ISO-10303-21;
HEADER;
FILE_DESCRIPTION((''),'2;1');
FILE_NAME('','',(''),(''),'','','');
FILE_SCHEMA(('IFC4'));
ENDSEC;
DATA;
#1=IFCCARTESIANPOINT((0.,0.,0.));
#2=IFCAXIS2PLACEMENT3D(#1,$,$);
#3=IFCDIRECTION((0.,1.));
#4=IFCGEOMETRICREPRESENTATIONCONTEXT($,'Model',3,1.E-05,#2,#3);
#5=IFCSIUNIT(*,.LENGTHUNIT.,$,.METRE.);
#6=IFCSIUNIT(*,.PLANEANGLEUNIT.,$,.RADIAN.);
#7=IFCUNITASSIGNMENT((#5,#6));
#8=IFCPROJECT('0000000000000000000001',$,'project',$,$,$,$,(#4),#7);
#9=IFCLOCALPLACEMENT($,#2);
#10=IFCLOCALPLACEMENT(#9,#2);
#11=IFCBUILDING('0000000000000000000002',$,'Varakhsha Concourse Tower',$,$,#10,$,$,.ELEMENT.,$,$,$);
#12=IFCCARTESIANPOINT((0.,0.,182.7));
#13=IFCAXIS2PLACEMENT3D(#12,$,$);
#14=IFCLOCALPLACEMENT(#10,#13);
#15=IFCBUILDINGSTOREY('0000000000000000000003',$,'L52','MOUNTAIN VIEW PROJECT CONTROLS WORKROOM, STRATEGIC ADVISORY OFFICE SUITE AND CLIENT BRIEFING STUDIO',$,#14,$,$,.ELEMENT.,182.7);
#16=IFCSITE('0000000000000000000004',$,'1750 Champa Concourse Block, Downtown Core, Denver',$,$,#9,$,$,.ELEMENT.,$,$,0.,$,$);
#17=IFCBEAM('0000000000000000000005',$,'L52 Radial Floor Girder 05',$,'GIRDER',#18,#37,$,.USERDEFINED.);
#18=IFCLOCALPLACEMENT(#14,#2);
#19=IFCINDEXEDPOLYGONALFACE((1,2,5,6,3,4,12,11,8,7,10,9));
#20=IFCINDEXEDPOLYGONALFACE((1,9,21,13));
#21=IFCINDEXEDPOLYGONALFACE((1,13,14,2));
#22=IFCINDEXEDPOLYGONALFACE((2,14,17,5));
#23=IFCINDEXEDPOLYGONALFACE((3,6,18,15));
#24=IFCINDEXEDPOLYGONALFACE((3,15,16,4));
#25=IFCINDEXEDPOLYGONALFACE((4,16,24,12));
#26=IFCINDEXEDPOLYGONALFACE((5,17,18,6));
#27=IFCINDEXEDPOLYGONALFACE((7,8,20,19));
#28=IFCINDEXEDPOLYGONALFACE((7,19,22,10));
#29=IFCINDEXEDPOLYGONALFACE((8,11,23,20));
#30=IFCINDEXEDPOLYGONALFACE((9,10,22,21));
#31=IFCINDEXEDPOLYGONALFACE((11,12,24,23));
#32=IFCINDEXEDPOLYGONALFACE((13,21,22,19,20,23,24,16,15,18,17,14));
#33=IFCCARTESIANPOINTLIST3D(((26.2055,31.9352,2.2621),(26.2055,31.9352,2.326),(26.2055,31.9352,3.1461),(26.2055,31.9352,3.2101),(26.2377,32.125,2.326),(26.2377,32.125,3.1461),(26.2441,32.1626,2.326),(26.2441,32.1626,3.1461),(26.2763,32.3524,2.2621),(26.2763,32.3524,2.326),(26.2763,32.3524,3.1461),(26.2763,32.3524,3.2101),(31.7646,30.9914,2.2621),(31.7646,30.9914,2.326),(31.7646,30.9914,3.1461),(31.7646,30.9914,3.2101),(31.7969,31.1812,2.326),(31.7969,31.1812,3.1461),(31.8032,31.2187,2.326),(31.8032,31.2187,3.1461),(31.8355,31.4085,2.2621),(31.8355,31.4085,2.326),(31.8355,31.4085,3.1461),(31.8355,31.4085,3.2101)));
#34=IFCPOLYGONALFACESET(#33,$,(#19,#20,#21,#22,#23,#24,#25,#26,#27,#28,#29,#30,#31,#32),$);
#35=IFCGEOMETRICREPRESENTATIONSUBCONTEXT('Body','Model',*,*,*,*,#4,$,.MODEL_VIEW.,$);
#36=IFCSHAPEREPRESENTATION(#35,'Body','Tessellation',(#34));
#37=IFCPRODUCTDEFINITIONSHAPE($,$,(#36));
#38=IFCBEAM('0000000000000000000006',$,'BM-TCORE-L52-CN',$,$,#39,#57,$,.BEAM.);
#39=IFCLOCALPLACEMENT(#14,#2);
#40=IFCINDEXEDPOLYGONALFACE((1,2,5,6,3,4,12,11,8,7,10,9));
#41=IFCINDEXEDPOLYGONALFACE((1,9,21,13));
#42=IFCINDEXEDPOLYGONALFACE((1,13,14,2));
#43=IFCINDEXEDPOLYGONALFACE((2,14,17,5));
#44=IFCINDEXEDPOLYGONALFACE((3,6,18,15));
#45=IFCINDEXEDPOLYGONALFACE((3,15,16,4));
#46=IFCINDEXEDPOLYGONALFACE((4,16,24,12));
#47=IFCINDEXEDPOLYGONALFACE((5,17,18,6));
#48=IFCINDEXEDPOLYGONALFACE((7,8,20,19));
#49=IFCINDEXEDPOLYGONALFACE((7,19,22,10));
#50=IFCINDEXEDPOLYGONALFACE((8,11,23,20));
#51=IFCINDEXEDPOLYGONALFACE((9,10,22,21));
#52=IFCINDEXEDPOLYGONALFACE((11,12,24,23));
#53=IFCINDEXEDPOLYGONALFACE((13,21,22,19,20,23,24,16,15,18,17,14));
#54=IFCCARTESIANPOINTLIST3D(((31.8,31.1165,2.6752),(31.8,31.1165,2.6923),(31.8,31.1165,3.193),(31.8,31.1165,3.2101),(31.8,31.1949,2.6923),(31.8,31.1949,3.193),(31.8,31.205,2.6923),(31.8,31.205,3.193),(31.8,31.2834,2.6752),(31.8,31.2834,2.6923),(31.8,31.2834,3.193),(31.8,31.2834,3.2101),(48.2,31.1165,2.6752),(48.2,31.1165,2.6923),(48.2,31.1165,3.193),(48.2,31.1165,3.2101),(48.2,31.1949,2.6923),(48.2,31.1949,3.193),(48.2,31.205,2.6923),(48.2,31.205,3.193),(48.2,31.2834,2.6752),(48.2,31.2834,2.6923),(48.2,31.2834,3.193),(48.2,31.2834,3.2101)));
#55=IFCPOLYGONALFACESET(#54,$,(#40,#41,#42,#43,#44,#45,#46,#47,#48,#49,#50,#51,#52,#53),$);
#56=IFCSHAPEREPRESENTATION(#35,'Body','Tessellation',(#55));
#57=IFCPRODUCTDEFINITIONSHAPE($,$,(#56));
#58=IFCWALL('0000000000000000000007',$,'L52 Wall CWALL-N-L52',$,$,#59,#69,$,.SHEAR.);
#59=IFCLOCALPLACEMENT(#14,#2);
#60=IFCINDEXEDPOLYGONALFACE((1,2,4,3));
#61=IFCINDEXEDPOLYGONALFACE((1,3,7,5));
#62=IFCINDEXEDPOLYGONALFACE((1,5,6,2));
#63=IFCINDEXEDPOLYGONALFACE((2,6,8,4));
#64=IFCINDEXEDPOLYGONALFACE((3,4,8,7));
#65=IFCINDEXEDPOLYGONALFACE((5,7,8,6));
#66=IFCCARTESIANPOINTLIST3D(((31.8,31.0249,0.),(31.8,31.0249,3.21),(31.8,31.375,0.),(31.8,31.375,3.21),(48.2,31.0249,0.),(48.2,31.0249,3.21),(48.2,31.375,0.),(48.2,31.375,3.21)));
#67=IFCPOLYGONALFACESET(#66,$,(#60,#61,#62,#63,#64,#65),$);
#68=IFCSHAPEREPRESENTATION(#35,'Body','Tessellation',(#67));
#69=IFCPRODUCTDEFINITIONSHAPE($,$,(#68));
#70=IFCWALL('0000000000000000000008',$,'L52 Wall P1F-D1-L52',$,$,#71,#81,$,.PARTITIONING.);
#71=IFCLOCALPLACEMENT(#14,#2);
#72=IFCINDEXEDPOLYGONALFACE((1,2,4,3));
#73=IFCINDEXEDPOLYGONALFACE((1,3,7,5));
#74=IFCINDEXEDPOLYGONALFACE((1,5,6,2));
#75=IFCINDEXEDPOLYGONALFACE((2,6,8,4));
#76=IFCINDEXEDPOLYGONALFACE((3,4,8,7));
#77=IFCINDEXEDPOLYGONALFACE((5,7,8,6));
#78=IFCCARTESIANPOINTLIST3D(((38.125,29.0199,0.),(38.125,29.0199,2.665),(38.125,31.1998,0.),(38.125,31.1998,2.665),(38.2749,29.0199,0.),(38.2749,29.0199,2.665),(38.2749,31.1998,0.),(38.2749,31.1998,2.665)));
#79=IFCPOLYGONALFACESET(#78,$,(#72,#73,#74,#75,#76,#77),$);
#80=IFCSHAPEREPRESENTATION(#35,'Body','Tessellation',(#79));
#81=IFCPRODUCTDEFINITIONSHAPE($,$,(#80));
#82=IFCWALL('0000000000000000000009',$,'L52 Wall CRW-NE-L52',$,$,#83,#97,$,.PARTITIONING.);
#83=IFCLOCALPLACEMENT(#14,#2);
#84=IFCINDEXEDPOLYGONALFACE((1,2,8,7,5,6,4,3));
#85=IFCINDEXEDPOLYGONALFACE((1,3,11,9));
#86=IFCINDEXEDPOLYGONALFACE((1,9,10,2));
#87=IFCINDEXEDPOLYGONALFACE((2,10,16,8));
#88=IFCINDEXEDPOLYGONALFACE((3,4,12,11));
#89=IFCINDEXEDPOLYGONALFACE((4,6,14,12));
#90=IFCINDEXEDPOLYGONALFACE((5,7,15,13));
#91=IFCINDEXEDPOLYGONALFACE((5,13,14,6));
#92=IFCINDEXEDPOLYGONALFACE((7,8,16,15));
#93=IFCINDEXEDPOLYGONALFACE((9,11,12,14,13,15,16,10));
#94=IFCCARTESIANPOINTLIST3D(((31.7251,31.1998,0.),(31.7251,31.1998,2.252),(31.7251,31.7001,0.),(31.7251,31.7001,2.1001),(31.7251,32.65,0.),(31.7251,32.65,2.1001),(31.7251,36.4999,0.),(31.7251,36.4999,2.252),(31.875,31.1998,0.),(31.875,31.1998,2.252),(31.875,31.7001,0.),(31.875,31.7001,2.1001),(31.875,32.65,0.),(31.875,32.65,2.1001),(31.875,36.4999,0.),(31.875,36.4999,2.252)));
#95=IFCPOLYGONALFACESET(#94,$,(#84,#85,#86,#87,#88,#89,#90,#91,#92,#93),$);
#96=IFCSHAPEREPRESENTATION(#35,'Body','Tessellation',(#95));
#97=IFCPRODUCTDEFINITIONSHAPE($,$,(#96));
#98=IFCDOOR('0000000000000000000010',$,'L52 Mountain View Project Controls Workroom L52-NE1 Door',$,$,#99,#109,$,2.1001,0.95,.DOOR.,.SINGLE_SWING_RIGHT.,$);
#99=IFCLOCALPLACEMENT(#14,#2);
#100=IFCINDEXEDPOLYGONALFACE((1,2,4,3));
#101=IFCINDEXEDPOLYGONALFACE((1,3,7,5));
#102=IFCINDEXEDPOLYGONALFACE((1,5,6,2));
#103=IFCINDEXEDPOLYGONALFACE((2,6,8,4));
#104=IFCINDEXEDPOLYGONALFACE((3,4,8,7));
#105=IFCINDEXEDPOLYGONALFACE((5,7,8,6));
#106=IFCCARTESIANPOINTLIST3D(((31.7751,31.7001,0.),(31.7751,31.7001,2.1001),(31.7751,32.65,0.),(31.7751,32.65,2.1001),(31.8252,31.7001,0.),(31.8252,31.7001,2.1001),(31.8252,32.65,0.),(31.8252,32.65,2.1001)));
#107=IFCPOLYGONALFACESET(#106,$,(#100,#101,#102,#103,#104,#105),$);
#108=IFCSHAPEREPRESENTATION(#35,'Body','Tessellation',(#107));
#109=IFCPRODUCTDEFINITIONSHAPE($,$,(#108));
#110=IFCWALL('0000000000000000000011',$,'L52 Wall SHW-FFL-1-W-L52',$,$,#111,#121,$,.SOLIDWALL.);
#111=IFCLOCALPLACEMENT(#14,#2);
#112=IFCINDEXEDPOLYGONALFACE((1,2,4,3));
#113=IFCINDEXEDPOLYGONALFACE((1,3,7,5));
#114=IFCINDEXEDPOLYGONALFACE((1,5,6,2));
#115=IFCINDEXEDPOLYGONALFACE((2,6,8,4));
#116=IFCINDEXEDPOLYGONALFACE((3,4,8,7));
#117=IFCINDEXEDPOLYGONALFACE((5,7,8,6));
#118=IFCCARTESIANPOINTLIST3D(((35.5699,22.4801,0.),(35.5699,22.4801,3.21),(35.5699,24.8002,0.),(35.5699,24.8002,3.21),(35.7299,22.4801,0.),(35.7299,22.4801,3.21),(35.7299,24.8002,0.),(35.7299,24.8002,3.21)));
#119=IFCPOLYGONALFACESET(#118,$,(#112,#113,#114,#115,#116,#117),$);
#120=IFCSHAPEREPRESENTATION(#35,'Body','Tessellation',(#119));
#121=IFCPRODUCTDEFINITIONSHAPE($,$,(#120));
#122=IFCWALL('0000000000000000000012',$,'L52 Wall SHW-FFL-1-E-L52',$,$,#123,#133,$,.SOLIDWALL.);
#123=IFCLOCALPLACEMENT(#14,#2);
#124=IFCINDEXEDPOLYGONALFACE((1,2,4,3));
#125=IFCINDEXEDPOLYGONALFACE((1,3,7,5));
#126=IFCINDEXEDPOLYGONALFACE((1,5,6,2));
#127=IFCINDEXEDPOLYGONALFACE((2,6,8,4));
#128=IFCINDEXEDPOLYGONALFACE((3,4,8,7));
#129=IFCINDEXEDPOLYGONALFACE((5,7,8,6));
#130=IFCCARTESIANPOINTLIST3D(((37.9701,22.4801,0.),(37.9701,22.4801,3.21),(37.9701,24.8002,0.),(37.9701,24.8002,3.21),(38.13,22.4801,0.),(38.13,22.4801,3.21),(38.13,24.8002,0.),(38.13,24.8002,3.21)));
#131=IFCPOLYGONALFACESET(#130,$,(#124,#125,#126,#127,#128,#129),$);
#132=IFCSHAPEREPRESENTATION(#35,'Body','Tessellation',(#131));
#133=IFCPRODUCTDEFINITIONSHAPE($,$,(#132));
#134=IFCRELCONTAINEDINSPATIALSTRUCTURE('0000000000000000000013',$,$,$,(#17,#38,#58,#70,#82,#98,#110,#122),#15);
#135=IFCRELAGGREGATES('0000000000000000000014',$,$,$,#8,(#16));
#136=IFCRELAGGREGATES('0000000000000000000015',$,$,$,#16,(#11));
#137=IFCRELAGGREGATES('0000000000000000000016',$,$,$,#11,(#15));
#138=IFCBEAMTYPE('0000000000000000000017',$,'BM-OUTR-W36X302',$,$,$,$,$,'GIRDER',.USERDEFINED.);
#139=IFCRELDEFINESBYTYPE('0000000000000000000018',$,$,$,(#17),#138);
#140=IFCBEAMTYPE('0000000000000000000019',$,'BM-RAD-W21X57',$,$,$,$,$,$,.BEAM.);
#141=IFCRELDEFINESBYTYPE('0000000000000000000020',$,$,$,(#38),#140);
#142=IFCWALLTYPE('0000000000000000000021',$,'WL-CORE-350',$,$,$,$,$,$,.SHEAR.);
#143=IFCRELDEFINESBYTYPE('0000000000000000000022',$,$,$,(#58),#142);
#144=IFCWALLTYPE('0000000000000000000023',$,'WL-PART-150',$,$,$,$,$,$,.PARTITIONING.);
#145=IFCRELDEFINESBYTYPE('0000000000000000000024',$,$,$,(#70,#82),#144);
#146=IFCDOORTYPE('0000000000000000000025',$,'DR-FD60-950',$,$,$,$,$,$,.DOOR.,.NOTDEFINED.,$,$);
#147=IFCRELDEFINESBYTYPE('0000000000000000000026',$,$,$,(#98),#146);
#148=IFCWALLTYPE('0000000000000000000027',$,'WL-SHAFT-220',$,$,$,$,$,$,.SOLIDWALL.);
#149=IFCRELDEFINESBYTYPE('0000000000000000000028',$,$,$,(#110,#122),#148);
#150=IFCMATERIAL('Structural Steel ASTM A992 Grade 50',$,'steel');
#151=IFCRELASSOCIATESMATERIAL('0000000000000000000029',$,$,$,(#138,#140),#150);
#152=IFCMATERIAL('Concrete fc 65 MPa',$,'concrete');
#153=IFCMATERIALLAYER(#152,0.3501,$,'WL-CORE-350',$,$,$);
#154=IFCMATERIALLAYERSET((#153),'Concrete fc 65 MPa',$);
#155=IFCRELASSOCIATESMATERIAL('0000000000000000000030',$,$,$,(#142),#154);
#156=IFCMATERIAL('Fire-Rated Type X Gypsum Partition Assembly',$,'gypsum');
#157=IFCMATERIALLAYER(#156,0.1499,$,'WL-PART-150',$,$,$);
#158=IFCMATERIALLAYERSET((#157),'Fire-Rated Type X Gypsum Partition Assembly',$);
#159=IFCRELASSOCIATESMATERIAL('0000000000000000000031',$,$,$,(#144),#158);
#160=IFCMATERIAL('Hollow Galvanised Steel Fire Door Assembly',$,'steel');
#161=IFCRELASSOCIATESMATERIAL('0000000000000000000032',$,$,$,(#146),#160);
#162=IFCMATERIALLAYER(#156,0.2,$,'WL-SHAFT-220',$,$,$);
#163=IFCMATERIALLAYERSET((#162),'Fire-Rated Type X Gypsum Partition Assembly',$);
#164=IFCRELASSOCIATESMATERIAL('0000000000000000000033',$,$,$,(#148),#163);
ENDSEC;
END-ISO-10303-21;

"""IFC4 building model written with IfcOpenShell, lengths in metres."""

from ifc_helpers import new_model, si_unit, direction, frame, frame_2d, origin, origin_2d, place, context, subcontext, project, spatial, rectangle, i_section, extrude, material, layer, layer_set, material_profile, profile_set, type_object, element, fill, save


model = new_model("IFC4")

# Units and contexts
model_context = context("Model", 3, precision=1e-05, world=origin(), true_north=direction((0.0, 1.0)))
body_context = subcontext(model_context, "Body", "Model", "MODEL_VIEW")
ifc_project = project(units=[si_unit("LENGTHUNIT", "METRE"), si_unit("PLANEANGLEUNIT", "RADIAN")], contexts=[model_context])

# Site, building, storey
site_placement = place(None, origin())
site = spatial("IfcSite", under=ifc_project, at=site_placement, Name="1750 Champa Concourse Block, Downtown Core, Denver", CompositionType="ELEMENT", RefElevation=0.0)
building_placement = place(site_placement, origin())
building = spatial("IfcBuilding", under=site, at=building_placement, Name="Varakhsha Concourse Tower", CompositionType="ELEMENT")
storey_placement = place(building_placement, frame((0.0, 0.0, 182.7)))
storey = spatial("IfcBuildingStorey", under=building, at=storey_placement, Name="L52", Description="MOUNTAIN VIEW PROJECT CONTROLS WORKROOM, STRATEGIC ADVISORY OFFICE SUITE AND CLIENT BRIEFING STUDIO", CompositionType="ELEMENT", Elevation=182.7)

# Beams
ifc_material_1 = material(Name="Structural Steel ASTM A992 Grade 50", Category="steel")
ifc_material_profile_1 = material_profile(ifc_material_1, i_section(OverallWidth=0.4231, OverallDepth=0.948, WebThickness=0.0381, FlangeThickness=0.064, at=origin_2d()), Name="W36X302")
ifc_profile_set_1 = profile_set([ifc_material_profile_1], Name="Structural Steel ASTM A992 Grade 50")
beam_type_1 = type_object("IfcBeamType", Name="BM-OUTR-W36X302", ElementType="GIRDER", PredefinedType="USERDEFINED", material=ifc_profile_set_1)
beam_1_placement = place(storey_placement, frame((31.8, 31.2, 2.7361), z_axis=(-0.985891, 0.167389, 0.0), x_axis=(-0.167389, -0.985891, 0.0)))
element("IfcBeam", 1, at=beam_1_placement, inside=storey, type_object=beam_type_1, Name="L52 Radial Floor Girder 05", ObjectType="GIRDER", PredefinedType="USERDEFINED", context=body_context, shape_type="SweptSolid", body=[
    extrude(i_section(OverallWidth=0.4231, OverallDepth=0.948, WebThickness=0.0381, FlangeThickness=0.064, at=origin_2d()), origin(), (0.0, 0.0, 1.0), 5.6387),
])
ifc_material_profile_2 = material_profile(ifc_material_1, i_section(OverallWidth=0.167, OverallDepth=0.5349, WebThickness=0.01, FlangeThickness=0.0171, at=origin_2d()), Name="W21X57")
ifc_profile_set_2 = profile_set([ifc_material_profile_2], Name="Structural Steel ASTM A992 Grade 50")
beam_type_2 = type_object("IfcBeamType", Name="BM-RAD-W21X57", PredefinedType="BEAM", material=ifc_profile_set_2)
beam_2_placement = place(storey_placement, frame((31.8, 31.2, 2.9426), z_axis=(1.0, 0.0, 0.0), x_axis=(0.0, 1.0, 0.0)))
element("IfcBeam", 2, at=beam_2_placement, inside=storey, type_object=beam_type_2, Name="BM-TCORE-L52-CN", PredefinedType="BEAM", context=body_context, shape_type="SweptSolid", body=[
    extrude(i_section(OverallWidth=0.167, OverallDepth=0.5349, WebThickness=0.01, FlangeThickness=0.0171, at=origin_2d()), origin(), (0.0, 0.0, 1.0), 16.3999),
])

# Walls
ifc_material_2 = material(Name="Concrete fc 65 MPa", Category="concrete")
ifc_layer_1 = layer(ifc_material_2, 0.3501, Name="WL-CORE-350")
ifc_layer_set_1 = layer_set([ifc_layer_1], Name="Concrete fc 65 MPa")
wall_type_1 = type_object("IfcWallType", Name="WL-CORE-350", PredefinedType="SHEAR", material=ifc_layer_set_1)
wall_1_placement = place(storey_placement, frame((31.8, 31.2, 0.0), z_axis=(0.0, 0.0, 1.0), x_axis=(1.0, 0.0, 0.0)))
element("IfcWall", 3, at=wall_1_placement, inside=storey, type_object=wall_type_1, Name="L52 Wall CWALL-N-L52", PredefinedType="SHEAR", context=body_context, shape_type="SweptSolid", body=[
    extrude(rectangle(XDim=16.3999, YDim=0.3501, at=frame_2d((8.2, 0.0))), origin(), (0.0, 0.0, 1.0), 3.21),
])
ifc_material_3 = material(Name="Fire-Rated Type X Gypsum Partition Assembly", Category="gypsum")
ifc_layer_2 = layer(ifc_material_3, 0.1499, Name="WL-PART-150")
ifc_layer_set_2 = layer_set([ifc_layer_2], Name="Fire-Rated Type X Gypsum Partition Assembly")
wall_type_2 = type_object("IfcWallType", Name="WL-PART-150", PredefinedType="PARTITIONING", material=ifc_layer_set_2)
wall_2_placement = place(storey_placement, frame((38.2, 29.02, 0.0), z_axis=(0.0, 0.0, 1.0), x_axis=(0.0, 1.0, 0.0)))
element("IfcWall", 4, at=wall_2_placement, inside=storey, type_object=wall_type_2, Name="L52 Wall P1F-D1-L52", PredefinedType="PARTITIONING", context=body_context, shape_type="SweptSolid", body=[
    extrude(rectangle(XDim=2.1799, YDim=0.1499, at=frame_2d((1.0898, 0.0))), origin(), (0.0, 0.0, 1.0), 2.665),
])

# Wall, opening, door
wall_3_placement = place(storey_placement, frame((31.8, 31.2, 0.0), z_axis=(0.0, 0.0, 1.0), x_axis=(0.0, 1.0, 0.0)))
wall_3 = element("IfcWall", 5, at=wall_3_placement, inside=storey, type_object=wall_type_2, Name="L52 Wall CRW-NE-L52", PredefinedType="PARTITIONING", context=body_context, shape_type="SweptSolid", body=[
    extrude(rectangle(XDim=5.3, YDim=0.1499, at=frame_2d((2.6499, 0.0))), origin(), (0.0, 0.0, 1.0), 2.252),
])
opening_1_placement = place(wall_3_placement, frame((0.5, 0.0, 0.0)))
opening_1 = element("IfcOpeningElement", 6, at=opening_1_placement, cuts=wall_3, PredefinedType="OPENING", context=body_context, shape_type="SweptSolid", body=[
    extrude(rectangle(XDim=0.95, YDim=2.1001, at=frame_2d((0.4751, 1.05))), frame((0.0, 0.085, 0.0), z_axis=(0.0, -1.0, 0.0), x_axis=(1.0, 0.0, 0.0)), (0.0, 0.0, 1.0), 0.1699),
])
ifc_material_4 = material(Name="Hollow Galvanised Steel Fire Door Assembly", Category="steel")
door_type_1 = type_object("IfcDoorType", Name="DR-FD60-950", OperationType="NOTDEFINED", PredefinedType="DOOR", material=ifc_material_4)
door_1_placement = place(opening_1_placement, origin())
door_1 = element("IfcDoor", 7, at=door_1_placement, inside=storey, type_object=door_type_1, Name="L52 Mountain View Project Controls Workroom L52-NE1 Door", OperationType="SINGLE_SWING_RIGHT", OverallHeight=2.1001, OverallWidth=0.95, PredefinedType="DOOR", context=body_context, shape_type="SweptSolid", body=[
    extrude(rectangle(XDim=0.95, YDim=2.1001, at=frame_2d((0.4751, 1.05))), frame((0.0, 0.0249, 0.0), z_axis=(0.0, -1.0, 0.0), x_axis=(1.0, 0.0, 0.0)), (0.0, 0.0, 1.0), 0.05),
])
fill(opening_1, door_1)

# Shared definitions
ifc_layer_3 = layer(ifc_material_3, 0.2, Name="WL-SHAFT-220")
ifc_layer_set_3 = layer_set([ifc_layer_3], Name="Fire-Rated Type X Gypsum Partition Assembly")
wall_type_3 = type_object("IfcWallType", Name="WL-SHAFT-220", PredefinedType="SOLIDWALL", material=ifc_layer_set_3)

# Walls
for number, where, z_axis, x_axis, name in (
    (8, (35.6499, 22.48, 0.0), (0.0, 0.0, 1.0), (0.0, 1.0, 0.0), "L52 Wall SHW-FFL-1-W-L52"),
    (9, (38.05, 22.48, 0.0), (0.0, 0.0, 1.0), (0.0, 1.0, 0.0), "L52 Wall SHW-FFL-1-E-L52"),
):
    element("IfcWall", number, at=place(storey_placement, frame(where, z_axis=z_axis, x_axis=x_axis)), inside=storey, type_object=wall_type_3, Name=name, PredefinedType="SOLIDWALL", context=body_context, shape_type="SweptSolid", body=[
        extrude(rectangle(XDim=2.3201, YDim=0.1599, at=frame_2d((1.1602, 0.0))), origin(), (0.0, 0.0, 1.0), 3.21),
    ])

save(model, "model.ifc")
